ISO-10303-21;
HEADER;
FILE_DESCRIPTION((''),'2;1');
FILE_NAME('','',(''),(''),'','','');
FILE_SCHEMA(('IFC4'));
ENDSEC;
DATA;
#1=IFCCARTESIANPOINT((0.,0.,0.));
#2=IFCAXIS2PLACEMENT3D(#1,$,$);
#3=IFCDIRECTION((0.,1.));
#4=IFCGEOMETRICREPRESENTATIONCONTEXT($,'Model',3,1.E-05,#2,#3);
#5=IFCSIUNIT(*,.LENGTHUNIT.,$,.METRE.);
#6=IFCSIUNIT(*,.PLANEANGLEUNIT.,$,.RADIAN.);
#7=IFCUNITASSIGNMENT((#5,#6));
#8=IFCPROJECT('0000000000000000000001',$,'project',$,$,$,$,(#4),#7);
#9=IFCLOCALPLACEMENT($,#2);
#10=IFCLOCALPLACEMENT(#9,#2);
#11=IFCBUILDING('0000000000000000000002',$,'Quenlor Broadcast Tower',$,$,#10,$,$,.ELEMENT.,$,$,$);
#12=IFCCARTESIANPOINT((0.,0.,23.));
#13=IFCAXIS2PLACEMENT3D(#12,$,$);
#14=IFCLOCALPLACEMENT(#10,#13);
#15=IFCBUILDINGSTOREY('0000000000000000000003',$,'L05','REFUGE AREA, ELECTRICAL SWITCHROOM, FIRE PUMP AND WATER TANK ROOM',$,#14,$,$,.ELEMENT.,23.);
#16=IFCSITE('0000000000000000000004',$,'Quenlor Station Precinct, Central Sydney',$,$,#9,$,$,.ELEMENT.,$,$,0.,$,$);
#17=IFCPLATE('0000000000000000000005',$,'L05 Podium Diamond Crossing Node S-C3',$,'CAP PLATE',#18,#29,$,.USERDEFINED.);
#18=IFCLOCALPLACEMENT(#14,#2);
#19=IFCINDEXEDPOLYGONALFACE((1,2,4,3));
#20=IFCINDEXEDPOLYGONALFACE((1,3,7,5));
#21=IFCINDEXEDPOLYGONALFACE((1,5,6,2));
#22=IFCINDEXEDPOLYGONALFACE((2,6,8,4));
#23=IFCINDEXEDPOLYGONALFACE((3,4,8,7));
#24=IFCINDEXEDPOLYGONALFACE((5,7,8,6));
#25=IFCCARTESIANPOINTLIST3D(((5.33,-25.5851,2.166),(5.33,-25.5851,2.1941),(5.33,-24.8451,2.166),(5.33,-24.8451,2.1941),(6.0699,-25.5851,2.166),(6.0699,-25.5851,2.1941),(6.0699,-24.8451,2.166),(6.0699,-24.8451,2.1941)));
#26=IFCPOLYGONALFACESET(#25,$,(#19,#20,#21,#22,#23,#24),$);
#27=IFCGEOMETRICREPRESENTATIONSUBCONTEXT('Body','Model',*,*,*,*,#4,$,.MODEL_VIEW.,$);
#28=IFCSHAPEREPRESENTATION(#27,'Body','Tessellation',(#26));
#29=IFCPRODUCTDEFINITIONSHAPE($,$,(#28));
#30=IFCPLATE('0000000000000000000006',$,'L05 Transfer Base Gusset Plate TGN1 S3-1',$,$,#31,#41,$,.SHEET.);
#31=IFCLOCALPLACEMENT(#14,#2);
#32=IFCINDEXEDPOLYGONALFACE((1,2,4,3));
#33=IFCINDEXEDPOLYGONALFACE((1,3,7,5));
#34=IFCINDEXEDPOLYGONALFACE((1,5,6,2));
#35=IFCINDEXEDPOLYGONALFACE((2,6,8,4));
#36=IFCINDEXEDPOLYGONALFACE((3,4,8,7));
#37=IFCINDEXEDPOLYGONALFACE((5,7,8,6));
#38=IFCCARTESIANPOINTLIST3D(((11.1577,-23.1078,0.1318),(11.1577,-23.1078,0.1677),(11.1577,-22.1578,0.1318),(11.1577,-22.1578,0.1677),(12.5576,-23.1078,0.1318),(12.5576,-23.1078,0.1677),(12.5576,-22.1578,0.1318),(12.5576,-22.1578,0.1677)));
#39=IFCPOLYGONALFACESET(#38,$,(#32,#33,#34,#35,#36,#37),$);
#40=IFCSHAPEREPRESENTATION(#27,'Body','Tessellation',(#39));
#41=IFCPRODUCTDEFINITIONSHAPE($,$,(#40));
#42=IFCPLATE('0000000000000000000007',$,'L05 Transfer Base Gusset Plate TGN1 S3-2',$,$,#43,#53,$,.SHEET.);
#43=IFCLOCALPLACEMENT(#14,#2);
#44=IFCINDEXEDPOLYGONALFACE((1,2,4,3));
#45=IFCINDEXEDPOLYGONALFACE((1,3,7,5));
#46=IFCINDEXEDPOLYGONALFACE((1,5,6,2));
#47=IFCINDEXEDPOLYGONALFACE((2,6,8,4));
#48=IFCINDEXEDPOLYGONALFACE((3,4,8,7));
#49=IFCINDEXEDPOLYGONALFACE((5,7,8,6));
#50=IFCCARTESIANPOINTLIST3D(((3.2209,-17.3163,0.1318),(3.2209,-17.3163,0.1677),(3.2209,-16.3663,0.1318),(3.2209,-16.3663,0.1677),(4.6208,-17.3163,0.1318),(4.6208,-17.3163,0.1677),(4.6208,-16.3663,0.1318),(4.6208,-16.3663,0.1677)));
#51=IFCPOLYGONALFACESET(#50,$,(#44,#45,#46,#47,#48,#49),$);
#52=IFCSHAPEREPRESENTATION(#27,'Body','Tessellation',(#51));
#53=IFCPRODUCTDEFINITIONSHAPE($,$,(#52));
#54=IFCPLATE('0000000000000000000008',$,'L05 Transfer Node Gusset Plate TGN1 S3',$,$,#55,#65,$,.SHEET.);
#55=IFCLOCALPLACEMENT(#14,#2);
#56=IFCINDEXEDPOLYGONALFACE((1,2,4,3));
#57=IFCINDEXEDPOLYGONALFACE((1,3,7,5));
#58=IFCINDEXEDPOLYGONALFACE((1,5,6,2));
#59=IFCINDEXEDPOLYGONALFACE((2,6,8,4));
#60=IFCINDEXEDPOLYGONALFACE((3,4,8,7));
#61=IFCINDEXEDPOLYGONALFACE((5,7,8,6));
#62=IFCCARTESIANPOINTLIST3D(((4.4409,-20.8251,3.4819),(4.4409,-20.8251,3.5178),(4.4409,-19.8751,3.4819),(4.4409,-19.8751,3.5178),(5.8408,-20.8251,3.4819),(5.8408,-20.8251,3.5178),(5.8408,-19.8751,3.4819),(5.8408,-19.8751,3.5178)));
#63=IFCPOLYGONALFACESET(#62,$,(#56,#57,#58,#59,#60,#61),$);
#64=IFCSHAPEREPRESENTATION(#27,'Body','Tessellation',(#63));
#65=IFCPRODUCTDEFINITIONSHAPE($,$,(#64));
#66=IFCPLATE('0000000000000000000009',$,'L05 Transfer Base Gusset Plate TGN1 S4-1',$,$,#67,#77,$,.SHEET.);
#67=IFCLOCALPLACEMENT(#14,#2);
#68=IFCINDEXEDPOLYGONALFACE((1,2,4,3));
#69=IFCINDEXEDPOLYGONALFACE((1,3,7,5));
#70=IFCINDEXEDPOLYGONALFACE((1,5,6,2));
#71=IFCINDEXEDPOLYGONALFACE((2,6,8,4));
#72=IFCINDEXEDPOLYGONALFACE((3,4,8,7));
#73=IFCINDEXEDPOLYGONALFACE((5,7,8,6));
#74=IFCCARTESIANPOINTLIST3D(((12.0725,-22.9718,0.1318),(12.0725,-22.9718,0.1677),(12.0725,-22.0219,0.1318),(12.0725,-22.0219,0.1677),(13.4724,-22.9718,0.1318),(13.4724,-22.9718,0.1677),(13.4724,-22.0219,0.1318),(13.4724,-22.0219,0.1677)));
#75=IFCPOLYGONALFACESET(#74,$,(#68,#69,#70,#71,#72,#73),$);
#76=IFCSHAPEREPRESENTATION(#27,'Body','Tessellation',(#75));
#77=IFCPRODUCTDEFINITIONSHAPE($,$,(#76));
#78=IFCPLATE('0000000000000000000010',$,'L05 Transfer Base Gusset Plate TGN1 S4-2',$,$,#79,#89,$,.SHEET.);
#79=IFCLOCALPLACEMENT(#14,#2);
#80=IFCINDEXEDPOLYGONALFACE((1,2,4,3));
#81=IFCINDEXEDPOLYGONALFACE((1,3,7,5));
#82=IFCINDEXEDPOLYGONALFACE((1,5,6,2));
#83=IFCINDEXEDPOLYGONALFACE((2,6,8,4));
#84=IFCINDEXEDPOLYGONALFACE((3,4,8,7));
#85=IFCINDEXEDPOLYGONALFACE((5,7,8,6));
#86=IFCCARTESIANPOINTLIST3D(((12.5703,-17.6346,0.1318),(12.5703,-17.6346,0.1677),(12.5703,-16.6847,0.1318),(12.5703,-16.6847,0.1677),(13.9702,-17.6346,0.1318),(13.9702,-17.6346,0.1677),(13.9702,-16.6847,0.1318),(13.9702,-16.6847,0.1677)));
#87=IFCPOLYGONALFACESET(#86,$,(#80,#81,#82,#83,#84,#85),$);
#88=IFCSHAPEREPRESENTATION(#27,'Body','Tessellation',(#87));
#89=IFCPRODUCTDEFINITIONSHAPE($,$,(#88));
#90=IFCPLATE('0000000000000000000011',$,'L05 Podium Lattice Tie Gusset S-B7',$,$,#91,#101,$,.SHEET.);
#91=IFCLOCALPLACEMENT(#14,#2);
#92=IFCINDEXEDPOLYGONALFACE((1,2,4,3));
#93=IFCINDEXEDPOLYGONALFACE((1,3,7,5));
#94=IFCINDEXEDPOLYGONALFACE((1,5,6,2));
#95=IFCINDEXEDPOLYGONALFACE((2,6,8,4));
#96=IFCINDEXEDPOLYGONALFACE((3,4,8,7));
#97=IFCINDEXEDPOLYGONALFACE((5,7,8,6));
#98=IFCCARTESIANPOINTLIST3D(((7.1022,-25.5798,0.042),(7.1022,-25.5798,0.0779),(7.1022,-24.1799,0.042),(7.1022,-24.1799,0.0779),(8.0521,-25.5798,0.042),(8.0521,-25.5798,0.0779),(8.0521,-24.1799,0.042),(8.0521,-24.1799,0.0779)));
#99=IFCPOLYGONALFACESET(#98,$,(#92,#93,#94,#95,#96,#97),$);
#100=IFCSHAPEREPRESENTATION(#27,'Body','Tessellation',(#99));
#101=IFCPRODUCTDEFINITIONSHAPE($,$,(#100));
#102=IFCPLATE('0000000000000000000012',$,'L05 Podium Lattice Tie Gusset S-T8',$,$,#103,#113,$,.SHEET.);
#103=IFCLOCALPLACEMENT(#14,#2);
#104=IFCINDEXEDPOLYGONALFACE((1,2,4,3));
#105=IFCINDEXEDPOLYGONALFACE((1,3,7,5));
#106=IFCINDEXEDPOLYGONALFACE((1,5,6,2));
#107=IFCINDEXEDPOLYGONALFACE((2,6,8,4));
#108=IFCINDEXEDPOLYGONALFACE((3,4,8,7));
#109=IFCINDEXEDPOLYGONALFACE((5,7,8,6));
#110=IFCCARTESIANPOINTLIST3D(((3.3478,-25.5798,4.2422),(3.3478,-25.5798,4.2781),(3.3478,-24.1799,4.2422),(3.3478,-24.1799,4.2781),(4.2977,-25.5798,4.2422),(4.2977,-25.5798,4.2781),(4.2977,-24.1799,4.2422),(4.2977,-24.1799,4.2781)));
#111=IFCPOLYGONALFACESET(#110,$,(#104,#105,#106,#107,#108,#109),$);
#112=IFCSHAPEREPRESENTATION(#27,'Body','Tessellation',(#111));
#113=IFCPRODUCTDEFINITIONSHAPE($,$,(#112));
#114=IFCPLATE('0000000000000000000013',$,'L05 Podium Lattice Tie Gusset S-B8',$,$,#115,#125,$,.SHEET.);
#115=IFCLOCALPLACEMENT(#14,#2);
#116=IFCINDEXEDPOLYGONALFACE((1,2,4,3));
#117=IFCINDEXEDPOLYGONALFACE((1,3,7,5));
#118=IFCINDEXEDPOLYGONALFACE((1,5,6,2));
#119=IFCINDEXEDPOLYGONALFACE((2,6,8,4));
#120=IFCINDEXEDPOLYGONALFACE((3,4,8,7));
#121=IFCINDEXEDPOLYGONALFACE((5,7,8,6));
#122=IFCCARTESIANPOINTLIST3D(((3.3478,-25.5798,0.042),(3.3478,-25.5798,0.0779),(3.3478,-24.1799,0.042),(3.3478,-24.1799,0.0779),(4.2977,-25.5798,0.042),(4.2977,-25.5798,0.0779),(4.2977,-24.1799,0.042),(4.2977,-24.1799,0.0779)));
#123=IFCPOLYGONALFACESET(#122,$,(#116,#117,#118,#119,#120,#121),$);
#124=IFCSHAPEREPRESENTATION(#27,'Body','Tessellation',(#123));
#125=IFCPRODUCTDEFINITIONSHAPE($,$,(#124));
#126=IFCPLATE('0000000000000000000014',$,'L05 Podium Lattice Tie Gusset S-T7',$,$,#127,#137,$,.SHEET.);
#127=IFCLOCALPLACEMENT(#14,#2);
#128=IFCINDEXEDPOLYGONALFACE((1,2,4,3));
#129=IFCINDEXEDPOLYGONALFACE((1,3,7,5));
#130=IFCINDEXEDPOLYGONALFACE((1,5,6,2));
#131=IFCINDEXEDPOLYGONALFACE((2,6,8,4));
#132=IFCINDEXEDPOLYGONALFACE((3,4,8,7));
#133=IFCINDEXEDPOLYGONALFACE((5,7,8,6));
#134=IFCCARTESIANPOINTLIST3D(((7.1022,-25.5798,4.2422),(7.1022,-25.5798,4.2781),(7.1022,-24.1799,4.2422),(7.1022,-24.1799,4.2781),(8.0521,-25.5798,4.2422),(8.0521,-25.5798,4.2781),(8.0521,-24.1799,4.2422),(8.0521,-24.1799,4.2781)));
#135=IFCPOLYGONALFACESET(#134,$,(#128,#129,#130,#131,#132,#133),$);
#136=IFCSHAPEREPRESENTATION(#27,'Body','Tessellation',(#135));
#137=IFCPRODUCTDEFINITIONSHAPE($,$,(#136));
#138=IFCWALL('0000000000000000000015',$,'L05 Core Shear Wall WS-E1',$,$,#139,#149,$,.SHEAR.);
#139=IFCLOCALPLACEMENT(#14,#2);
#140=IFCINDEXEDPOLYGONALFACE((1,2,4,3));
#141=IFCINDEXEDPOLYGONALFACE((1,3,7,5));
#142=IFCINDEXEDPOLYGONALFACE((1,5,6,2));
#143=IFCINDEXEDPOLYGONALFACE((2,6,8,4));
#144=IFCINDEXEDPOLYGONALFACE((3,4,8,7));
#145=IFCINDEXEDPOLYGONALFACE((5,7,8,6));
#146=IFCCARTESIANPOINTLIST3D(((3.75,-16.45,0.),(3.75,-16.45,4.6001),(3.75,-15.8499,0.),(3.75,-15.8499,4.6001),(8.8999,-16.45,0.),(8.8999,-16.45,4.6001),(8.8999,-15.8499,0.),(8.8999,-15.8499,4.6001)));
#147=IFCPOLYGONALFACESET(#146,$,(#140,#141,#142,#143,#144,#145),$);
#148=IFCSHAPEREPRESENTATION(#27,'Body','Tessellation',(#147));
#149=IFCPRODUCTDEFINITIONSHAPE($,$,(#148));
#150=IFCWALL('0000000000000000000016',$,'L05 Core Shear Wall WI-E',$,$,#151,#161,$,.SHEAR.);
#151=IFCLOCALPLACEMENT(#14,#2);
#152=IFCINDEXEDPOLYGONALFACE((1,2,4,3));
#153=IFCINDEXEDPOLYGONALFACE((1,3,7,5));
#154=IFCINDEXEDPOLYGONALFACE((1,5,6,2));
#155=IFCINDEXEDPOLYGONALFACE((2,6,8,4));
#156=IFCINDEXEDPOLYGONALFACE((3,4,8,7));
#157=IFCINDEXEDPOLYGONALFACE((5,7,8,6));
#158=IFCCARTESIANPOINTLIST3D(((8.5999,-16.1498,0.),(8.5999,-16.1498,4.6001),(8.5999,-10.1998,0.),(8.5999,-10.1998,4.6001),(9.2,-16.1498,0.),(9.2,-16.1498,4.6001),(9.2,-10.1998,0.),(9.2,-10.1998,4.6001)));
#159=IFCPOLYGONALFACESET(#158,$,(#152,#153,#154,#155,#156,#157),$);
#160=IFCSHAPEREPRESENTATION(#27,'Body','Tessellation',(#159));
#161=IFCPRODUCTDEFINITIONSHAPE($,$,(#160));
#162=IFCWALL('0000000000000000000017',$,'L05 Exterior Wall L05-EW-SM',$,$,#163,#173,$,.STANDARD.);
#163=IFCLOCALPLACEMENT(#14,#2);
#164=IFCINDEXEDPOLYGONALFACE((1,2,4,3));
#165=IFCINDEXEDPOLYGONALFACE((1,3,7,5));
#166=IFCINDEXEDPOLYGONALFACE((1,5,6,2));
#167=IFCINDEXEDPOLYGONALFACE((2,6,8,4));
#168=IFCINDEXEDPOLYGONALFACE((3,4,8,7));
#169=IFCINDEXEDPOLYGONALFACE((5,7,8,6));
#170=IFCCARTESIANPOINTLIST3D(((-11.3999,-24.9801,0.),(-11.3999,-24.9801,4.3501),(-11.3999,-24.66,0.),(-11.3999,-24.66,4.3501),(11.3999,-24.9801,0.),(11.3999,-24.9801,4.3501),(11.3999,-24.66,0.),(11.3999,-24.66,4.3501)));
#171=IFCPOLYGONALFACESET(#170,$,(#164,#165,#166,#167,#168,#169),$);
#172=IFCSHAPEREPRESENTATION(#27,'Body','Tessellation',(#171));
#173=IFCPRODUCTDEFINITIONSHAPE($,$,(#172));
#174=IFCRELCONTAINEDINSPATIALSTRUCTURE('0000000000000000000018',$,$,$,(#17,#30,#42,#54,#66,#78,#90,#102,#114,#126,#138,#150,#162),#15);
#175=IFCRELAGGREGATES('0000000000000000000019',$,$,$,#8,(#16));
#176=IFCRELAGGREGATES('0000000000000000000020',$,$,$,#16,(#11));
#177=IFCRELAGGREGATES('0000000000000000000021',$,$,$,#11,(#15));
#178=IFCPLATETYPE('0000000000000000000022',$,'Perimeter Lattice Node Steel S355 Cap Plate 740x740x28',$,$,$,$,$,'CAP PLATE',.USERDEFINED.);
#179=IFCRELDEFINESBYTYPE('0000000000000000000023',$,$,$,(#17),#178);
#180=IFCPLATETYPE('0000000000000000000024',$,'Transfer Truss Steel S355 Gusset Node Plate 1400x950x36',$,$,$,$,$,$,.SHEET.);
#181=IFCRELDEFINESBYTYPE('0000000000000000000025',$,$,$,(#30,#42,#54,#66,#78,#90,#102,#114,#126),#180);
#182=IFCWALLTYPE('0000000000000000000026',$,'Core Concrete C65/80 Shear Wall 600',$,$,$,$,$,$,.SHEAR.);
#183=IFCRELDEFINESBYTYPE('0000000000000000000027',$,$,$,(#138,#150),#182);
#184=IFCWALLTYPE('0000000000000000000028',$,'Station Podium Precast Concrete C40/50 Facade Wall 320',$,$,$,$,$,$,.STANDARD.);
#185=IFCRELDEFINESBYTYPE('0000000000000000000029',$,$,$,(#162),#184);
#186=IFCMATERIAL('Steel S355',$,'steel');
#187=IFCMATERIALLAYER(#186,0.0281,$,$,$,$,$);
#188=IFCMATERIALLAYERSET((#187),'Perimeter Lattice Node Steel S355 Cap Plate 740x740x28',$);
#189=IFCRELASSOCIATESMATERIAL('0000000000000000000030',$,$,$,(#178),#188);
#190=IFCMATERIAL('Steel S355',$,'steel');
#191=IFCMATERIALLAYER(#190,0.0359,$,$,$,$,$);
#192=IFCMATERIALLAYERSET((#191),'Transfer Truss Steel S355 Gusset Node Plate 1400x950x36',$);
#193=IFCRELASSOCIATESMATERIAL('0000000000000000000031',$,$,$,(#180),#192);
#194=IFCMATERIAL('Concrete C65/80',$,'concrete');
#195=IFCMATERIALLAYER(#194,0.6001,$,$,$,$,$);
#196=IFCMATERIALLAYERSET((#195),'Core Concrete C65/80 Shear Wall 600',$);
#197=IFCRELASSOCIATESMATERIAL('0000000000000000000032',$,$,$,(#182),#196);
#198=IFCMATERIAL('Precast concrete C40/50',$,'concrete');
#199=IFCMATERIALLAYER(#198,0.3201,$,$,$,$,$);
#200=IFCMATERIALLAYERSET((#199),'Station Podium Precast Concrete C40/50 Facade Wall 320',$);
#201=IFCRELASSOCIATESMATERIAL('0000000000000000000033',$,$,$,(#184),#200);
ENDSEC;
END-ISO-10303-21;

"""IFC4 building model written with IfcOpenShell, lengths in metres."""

from ifc_helpers import new_model, si_unit, direction, frame, frame_2d, origin, origin_2d, place, context, subcontext, project, spatial, rectangle, extrude, material, layer, layer_set, type_object, element, save


model = new_model("IFC4")

# Units and contexts
model_context = context("Model", 3, precision=1e-05, world=origin(), true_north=direction((0.0, 1.0)))
body_context = subcontext(model_context, "Body", "Model", "MODEL_VIEW")
ifc_project = project(units=[si_unit("LENGTHUNIT", "METRE"), si_unit("PLANEANGLEUNIT", "RADIAN")], contexts=[model_context])

# Site, building, storey
site_placement = place(None, origin())
site = spatial("IfcSite", under=ifc_project, at=site_placement, Name="Quenlor Station Precinct, Central Sydney", CompositionType="ELEMENT", RefElevation=0.0)
building_placement = place(site_placement, origin())
building = spatial("IfcBuilding", under=site, at=building_placement, Name="Quenlor Broadcast Tower", CompositionType="ELEMENT")
storey_placement = place(building_placement, frame((0.0, 0.0, 23.0)))
storey = spatial("IfcBuildingStorey", under=building, at=storey_placement, Name="L05", Description="REFUGE AREA, ELECTRICAL SWITCHROOM, FIRE PUMP AND WATER TANK ROOM", CompositionType="ELEMENT", Elevation=23.0)

# Plates
ifc_material_1 = material(Name="Steel S355", Category="steel")
ifc_layer_1 = layer(ifc_material_1, 0.0281)
ifc_layer_set_1 = layer_set([ifc_layer_1], Name="Perimeter Lattice Node Steel S355 Cap Plate 740x740x28")
plate_type_1 = type_object("IfcPlateType", Name="Perimeter Lattice Node Steel S355 Cap Plate 740x740x28", ElementType="CAP PLATE", PredefinedType="USERDEFINED", material=ifc_layer_set_1)
plate_1_placement = place(storey_placement, frame((5.7, -25.2151, 2.166), z_axis=(0.0, 0.0, 1.0), x_axis=(-1.0, 0.0, 0.0)))
element("IfcPlate", 1, at=plate_1_placement, inside=storey, type_object=plate_type_1, Name="L05 Podium Diamond Crossing Node S-C3", ObjectType="CAP PLATE", PredefinedType="USERDEFINED", context=body_context, shape_type="SweptSolid", body=[
    extrude(rectangle(XDim=0.74, YDim=0.74, at=origin_2d()), origin(), (0.0, 0.0, 1.0), 0.0281),
])
ifc_material_2 = material(Name="Steel S355", Category="steel")
ifc_layer_2 = layer(ifc_material_2, 0.0359)
ifc_layer_set_2 = layer_set([ifc_layer_2], Name="Transfer Truss Steel S355 Gusset Node Plate 1400x950x36")
plate_type_2 = type_object("IfcPlateType", Name="Transfer Truss Steel S355 Gusset Node Plate 1400x950x36", PredefinedType="SHEET", material=ifc_layer_set_2)
for number, where, z_axis, x_axis, name in (
    (2, (11.8577, -22.6328, 0.1318), (0.0, 0.0, 1.0), (1.0, 0.0, 0.0), "L05 Transfer Base Gusset Plate TGN1 S3-1"),
    (3, (3.9209, -16.8413, 0.1318), (0.0, 0.0, 1.0), (1.0, 0.0, 0.0), "L05 Transfer Base Gusset Plate TGN1 S3-2"),
    (4, (5.1409, -20.3501, 3.4819), (0.0, 0.0, 1.0), (1.0, 0.0, 0.0), "L05 Transfer Node Gusset Plate TGN1 S3"),
    (5, (12.7725, -22.4968, 0.1318), (0.0, 0.0, 1.0), (1.0, 0.0, 0.0), "L05 Transfer Base Gusset Plate TGN1 S4-1"),
    (6, (13.2703, -17.1597, 0.1318), (0.0, 0.0, 1.0), (1.0, 0.0, 0.0), "L05 Transfer Base Gusset Plate TGN1 S4-2"),
    (7, (7.5771, -24.8799, 0.042), (0.0, 0.0, 1.0), (0.0, -1.0, 0.0), "L05 Podium Lattice Tie Gusset S-B7"),
    (8, (3.8228, -24.8799, 4.2422), (0.0, 0.0, 1.0), (0.0, -1.0, 0.0), "L05 Podium Lattice Tie Gusset S-T8"),
    (9, (3.8228, -24.8799, 0.042), (0.0, 0.0, 1.0), (0.0, -1.0, 0.0), "L05 Podium Lattice Tie Gusset S-B8"),
    (10, (7.5771, -24.8799, 4.2422), (0.0, 0.0, 1.0), (0.0, -1.0, 0.0), "L05 Podium Lattice Tie Gusset S-T7"),
):
    element("IfcPlate", number, at=place(storey_placement, frame(where, z_axis=z_axis, x_axis=x_axis)), inside=storey, type_object=plate_type_2, Name=name, PredefinedType="SHEET", context=body_context, shape_type="SweptSolid", body=[
        extrude(rectangle(XDim=1.3999, YDim=0.95, at=origin_2d()), origin(), (0.0, 0.0, 1.0), 0.0359),
    ])

# Walls
ifc_material_3 = material(Name="Concrete C65/80", Category="concrete")
ifc_layer_3 = layer(ifc_material_3, 0.6001)
ifc_layer_set_3 = layer_set([ifc_layer_3], Name="Core Concrete C65/80 Shear Wall 600")
wall_type_1 = type_object("IfcWallType", Name="Core Concrete C65/80 Shear Wall 600", PredefinedType="SHEAR", material=ifc_layer_set_3)
wall_1_placement = place(storey_placement, frame((3.75, -16.1499, 0.0), z_axis=(0.0, 0.0, 1.0), x_axis=(1.0, 0.0, 0.0)))
element("IfcWall", 11, at=wall_1_placement, inside=storey, type_object=wall_type_1, Name="L05 Core Shear Wall WS-E1", PredefinedType="SHEAR", context=body_context, shape_type="SweptSolid", body=[
    extrude(rectangle(XDim=5.1499, YDim=0.6001, at=frame_2d((2.575, 0.0))), origin(), (0.0, 0.0, 1.0), 4.6001),
])
wall_2_placement = place(storey_placement, frame((8.8999, -16.1499, 0.0), z_axis=(0.0, 0.0, 1.0), x_axis=(0.0, 1.0, 0.0)))
element("IfcWall", 12, at=wall_2_placement, inside=storey, type_object=wall_type_1, Name="L05 Core Shear Wall WI-E", PredefinedType="SHEAR", context=body_context, shape_type="SweptSolid", body=[
    extrude(rectangle(XDim=5.95, YDim=0.6001, at=frame_2d((2.9751, 0.0))), origin(), (0.0, 0.0, 1.0), 4.6001),
])
ifc_material_4 = material(Name="Precast concrete C40/50", Category="concrete")
ifc_layer_4 = layer(ifc_material_4, 0.3201)
ifc_layer_set_4 = layer_set([ifc_layer_4], Name="Station Podium Precast Concrete C40/50 Facade Wall 320")
wall_type_2 = type_object("IfcWallType", Name="Station Podium Precast Concrete C40/50 Facade Wall 320", PredefinedType="STANDARD", material=ifc_layer_set_4)
wall_3_placement = place(storey_placement, frame((11.3999, -24.8201, 0.0), z_axis=(0.0, 0.0, 1.0), x_axis=(-1.0, 0.0, 0.0)))
element("IfcWall", 13, at=wall_3_placement, inside=storey, type_object=wall_type_2, Name="L05 Exterior Wall L05-EW-SM", PredefinedType="STANDARD", context=body_context, shape_type="SweptSolid", body=[
    extrude(rectangle(XDim=22.7998, YDim=0.3201, at=frame_2d((11.3999, 0.0))), origin(), (0.0, 0.0, 1.0), 4.3501),
])

save(model, "model.ifc")
